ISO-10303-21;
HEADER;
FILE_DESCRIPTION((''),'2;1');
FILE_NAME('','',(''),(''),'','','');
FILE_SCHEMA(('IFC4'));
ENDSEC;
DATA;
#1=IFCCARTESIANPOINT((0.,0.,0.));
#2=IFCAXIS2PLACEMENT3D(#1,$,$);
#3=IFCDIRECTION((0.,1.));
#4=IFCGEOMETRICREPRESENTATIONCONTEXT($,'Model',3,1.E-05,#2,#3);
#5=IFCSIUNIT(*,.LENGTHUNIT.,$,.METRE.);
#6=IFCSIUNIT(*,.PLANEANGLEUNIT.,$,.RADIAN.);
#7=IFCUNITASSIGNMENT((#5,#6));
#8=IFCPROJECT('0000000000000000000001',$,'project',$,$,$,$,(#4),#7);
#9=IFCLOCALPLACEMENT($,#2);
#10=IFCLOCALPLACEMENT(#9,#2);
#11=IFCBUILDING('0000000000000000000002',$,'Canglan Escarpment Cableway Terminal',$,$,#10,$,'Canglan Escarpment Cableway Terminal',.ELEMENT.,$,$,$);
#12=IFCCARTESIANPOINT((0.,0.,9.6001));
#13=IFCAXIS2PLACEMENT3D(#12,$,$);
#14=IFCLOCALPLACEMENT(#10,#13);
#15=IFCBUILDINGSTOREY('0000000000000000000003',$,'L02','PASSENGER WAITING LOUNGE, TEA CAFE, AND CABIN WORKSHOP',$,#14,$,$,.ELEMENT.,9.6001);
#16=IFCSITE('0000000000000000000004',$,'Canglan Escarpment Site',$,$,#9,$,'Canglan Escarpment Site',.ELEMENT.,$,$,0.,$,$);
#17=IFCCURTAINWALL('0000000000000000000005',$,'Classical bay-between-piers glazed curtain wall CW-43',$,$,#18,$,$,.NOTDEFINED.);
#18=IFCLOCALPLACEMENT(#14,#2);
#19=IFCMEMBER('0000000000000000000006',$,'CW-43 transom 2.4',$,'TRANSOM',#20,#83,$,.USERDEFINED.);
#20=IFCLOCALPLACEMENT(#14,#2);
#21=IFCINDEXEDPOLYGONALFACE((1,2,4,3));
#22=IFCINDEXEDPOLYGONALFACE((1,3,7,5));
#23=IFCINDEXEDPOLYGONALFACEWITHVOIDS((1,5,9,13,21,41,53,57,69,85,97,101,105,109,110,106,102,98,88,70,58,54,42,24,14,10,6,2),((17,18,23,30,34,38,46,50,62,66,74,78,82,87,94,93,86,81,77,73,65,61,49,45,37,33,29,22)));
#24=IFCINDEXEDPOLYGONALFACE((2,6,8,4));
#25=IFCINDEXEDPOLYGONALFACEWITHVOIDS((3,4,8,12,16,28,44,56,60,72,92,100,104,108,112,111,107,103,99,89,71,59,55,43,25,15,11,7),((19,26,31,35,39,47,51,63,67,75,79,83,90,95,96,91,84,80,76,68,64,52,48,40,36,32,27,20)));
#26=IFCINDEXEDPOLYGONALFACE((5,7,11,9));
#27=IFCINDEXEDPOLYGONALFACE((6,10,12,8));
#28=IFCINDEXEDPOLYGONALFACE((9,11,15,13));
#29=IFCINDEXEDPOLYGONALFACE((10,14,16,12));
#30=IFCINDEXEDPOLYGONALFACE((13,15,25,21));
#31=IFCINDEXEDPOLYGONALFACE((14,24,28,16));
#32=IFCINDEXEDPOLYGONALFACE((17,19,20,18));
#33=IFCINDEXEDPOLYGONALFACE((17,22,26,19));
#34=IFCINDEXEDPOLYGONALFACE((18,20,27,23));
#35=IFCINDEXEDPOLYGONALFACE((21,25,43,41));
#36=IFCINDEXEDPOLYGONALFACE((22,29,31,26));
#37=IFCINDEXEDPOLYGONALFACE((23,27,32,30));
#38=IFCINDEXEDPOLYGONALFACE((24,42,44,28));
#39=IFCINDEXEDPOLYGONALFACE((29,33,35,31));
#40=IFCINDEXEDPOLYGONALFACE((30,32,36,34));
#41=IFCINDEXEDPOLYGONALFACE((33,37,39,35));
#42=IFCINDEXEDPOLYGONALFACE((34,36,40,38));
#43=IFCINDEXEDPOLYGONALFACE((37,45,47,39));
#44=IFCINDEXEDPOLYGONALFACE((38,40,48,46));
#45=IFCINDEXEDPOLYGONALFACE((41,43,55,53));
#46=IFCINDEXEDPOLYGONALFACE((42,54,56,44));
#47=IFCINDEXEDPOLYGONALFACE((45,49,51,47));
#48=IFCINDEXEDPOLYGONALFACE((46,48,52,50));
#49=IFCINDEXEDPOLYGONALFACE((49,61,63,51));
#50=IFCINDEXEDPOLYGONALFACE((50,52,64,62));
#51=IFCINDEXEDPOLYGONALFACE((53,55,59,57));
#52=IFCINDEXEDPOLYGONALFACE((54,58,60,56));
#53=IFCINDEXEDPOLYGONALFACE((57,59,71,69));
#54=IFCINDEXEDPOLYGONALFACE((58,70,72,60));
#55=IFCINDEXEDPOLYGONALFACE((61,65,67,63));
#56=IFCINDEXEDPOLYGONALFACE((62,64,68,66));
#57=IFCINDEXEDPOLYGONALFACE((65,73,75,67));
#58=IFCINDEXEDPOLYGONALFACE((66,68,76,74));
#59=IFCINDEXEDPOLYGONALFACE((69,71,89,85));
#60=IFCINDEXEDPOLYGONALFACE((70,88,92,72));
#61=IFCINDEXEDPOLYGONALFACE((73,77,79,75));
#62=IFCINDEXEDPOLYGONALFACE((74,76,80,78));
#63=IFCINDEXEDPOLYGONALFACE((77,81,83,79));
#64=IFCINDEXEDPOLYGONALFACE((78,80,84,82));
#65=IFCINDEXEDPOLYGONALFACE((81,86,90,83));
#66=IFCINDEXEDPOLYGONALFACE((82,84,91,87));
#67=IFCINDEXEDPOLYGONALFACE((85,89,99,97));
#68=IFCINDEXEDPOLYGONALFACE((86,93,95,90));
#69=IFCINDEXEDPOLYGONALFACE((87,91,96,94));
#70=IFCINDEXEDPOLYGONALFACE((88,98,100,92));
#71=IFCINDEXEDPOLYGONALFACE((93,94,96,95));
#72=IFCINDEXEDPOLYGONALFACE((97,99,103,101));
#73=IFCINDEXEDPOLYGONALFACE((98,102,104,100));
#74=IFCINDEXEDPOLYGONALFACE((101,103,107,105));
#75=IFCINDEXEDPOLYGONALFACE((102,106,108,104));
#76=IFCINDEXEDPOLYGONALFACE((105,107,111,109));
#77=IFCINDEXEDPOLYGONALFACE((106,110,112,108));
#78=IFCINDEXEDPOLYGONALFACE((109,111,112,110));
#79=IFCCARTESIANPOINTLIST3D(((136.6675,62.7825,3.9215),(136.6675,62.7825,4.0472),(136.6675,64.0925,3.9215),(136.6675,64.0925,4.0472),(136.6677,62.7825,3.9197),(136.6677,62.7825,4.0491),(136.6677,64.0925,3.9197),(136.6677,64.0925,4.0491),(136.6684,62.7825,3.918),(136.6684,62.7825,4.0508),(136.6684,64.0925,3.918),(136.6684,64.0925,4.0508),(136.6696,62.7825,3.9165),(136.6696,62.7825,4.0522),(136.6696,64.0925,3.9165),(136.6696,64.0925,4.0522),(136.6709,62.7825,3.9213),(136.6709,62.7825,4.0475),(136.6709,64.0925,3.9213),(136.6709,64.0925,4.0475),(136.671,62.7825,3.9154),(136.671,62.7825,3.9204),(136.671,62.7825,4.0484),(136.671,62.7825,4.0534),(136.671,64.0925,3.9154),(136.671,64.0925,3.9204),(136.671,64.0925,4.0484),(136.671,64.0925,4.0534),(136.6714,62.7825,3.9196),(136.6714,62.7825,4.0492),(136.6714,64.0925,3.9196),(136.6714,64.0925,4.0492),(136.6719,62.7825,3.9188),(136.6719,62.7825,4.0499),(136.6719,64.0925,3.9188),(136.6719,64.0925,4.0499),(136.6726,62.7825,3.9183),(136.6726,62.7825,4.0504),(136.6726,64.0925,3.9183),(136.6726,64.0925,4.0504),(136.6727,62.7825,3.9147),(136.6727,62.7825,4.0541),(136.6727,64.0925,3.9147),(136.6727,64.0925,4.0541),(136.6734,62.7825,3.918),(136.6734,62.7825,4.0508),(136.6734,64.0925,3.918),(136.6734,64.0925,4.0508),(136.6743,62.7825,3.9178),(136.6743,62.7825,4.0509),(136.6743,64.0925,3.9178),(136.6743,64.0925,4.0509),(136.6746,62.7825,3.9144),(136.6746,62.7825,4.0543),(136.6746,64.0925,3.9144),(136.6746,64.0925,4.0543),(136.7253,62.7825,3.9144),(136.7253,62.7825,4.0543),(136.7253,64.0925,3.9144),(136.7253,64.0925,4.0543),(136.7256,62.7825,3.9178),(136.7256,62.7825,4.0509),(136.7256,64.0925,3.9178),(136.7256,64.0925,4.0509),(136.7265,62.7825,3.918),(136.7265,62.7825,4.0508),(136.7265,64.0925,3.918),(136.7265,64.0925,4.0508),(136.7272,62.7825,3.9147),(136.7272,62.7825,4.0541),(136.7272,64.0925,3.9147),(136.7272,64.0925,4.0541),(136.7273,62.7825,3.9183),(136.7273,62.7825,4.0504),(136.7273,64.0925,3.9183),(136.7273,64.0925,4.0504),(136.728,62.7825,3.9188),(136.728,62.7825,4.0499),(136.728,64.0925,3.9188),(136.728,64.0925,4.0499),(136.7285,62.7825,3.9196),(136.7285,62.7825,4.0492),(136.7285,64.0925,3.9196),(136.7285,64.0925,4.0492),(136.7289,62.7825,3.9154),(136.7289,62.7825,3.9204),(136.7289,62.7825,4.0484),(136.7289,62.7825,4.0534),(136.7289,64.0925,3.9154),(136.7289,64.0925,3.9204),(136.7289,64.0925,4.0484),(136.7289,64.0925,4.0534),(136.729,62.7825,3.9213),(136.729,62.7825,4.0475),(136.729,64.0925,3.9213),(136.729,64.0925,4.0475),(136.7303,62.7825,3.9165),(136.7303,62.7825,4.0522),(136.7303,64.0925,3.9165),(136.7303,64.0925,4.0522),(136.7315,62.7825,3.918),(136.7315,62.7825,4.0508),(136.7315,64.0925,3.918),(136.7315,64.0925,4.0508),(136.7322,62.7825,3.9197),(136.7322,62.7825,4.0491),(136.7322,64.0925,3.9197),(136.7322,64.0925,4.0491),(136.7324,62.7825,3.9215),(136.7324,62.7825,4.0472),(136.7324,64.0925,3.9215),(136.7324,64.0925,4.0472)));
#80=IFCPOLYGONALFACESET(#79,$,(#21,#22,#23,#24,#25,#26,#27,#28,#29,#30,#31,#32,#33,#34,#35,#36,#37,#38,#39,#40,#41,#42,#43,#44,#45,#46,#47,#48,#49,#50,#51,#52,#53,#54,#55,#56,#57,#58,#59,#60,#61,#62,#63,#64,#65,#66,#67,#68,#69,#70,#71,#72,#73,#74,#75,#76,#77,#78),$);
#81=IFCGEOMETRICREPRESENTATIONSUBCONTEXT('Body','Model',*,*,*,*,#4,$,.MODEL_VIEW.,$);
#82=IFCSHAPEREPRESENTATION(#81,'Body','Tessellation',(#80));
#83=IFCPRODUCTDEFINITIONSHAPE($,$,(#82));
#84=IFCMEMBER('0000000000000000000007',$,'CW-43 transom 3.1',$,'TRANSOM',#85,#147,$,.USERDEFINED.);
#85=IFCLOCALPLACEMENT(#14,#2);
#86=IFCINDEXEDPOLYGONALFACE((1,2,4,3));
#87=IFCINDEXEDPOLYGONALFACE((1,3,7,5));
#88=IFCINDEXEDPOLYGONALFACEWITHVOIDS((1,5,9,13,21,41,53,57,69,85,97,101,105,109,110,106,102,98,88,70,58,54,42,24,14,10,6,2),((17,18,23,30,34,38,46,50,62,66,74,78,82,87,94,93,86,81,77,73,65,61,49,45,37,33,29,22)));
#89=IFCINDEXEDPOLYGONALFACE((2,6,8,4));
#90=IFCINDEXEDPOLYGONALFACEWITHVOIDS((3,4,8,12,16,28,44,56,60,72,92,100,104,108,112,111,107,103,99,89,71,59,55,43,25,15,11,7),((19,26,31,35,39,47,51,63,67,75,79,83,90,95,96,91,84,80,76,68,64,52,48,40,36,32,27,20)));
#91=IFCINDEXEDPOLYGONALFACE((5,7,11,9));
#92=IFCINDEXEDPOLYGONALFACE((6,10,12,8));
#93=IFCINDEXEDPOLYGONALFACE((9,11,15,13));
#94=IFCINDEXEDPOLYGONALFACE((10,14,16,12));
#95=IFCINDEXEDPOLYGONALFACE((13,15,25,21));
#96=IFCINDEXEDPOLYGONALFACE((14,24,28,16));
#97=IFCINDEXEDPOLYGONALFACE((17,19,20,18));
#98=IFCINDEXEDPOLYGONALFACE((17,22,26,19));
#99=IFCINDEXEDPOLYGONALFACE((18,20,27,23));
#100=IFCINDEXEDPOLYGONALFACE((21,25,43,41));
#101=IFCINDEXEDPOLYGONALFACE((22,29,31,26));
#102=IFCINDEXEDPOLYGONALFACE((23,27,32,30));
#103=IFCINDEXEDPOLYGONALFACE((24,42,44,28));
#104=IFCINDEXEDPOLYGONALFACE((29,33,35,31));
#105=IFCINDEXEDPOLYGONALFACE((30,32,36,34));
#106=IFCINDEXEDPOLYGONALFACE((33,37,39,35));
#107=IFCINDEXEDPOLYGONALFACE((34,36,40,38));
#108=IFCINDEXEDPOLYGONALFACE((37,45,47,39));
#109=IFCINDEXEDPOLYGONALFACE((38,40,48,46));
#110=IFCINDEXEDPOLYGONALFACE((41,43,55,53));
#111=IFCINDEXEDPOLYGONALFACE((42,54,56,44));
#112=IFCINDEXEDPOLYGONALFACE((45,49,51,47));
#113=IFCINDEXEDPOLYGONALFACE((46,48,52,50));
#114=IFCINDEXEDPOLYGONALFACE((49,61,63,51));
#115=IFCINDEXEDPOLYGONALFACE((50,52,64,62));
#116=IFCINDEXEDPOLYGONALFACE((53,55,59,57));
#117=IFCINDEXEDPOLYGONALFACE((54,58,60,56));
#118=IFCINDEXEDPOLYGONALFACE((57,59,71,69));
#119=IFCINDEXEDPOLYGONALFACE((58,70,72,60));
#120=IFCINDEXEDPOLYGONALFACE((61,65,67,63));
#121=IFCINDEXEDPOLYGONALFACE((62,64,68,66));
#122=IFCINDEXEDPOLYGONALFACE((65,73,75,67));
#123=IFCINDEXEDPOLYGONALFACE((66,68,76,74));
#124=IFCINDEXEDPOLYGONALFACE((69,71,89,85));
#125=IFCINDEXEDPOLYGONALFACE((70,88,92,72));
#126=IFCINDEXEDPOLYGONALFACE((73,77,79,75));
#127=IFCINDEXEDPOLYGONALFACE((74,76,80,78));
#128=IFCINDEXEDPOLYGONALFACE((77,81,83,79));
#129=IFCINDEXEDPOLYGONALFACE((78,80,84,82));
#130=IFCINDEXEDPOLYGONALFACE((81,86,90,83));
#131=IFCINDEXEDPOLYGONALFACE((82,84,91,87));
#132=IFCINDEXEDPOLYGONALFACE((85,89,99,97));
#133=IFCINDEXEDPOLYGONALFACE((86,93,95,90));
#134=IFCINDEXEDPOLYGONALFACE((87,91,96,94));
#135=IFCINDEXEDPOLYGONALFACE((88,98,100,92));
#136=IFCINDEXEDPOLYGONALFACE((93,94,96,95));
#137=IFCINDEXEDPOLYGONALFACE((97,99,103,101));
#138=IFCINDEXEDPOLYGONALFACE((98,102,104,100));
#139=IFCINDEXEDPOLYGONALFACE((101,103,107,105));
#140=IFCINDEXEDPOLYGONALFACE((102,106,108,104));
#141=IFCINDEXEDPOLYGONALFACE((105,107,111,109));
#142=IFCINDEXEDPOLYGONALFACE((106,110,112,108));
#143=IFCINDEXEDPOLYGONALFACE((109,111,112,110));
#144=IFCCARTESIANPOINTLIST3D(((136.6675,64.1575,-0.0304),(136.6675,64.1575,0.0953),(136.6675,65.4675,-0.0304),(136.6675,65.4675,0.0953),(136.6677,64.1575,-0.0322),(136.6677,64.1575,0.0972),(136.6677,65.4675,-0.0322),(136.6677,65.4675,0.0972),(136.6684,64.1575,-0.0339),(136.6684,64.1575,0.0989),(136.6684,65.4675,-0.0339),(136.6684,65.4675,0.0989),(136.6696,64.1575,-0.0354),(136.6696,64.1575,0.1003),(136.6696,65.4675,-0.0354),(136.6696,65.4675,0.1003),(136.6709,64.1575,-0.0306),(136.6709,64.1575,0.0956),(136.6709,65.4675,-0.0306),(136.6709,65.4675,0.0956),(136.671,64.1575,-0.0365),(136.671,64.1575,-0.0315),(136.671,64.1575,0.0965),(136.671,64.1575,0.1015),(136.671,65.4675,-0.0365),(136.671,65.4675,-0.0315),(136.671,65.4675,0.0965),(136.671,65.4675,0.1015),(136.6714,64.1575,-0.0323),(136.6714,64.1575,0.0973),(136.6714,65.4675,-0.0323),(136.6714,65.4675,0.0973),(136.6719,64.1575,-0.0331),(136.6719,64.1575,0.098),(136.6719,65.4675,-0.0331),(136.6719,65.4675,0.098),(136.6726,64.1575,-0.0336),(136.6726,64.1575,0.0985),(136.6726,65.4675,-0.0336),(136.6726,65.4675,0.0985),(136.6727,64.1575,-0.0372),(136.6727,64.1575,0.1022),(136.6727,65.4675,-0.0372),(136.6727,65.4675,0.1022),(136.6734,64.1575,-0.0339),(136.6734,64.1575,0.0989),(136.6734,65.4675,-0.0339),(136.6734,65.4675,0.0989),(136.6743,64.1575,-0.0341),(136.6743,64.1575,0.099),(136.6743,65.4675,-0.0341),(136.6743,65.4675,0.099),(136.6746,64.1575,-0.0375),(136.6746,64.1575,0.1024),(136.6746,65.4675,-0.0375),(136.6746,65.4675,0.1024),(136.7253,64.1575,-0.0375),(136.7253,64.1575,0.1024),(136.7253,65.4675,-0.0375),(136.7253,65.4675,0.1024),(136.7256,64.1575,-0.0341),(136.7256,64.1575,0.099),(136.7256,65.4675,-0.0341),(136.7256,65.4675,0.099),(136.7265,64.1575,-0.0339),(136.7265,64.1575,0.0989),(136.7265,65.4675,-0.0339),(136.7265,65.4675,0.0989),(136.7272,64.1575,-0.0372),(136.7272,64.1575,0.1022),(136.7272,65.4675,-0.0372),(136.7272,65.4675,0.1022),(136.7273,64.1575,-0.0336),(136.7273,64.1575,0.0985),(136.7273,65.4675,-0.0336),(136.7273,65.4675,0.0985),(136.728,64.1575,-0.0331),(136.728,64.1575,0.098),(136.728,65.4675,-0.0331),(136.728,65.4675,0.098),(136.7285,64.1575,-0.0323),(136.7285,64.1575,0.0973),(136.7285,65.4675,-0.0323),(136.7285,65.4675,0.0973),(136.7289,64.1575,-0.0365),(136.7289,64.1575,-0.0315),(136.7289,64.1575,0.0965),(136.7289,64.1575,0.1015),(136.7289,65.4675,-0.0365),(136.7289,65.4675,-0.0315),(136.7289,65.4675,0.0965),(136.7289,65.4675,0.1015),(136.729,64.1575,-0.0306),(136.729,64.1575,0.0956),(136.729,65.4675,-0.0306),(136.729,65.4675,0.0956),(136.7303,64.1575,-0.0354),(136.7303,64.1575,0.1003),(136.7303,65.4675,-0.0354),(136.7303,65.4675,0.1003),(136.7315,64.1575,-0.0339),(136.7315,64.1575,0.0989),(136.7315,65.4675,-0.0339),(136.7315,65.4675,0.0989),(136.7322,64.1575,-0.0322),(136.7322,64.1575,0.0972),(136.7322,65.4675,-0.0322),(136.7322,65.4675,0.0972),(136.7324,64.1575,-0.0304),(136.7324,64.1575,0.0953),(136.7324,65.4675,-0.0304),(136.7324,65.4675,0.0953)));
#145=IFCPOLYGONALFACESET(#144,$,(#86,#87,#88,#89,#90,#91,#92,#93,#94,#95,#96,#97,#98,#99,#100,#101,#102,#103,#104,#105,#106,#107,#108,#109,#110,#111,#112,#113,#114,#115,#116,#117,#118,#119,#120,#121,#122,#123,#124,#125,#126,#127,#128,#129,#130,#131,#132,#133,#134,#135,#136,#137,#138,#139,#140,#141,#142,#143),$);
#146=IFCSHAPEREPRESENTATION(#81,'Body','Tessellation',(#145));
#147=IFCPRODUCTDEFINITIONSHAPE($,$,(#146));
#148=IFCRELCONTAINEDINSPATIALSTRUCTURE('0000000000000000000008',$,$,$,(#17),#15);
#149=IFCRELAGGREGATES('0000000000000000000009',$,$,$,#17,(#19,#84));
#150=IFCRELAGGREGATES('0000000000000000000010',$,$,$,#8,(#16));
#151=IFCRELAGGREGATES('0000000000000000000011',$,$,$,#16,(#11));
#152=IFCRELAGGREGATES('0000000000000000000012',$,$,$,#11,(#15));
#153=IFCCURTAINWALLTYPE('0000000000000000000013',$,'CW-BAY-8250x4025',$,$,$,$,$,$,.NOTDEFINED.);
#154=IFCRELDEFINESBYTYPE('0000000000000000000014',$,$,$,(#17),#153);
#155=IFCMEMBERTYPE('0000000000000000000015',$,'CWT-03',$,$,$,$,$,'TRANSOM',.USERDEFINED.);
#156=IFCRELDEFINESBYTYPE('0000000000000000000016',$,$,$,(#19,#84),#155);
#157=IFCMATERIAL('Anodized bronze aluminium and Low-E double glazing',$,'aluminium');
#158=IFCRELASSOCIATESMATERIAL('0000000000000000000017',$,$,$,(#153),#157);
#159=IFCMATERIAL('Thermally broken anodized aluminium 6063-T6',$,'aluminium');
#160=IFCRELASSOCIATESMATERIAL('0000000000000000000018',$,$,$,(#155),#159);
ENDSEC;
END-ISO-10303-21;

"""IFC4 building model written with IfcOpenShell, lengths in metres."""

from ifc_helpers import new_model, si_unit, direction, frame, origin, origin_2d, place, context, subcontext, project, spatial, hollow_rectangle, extrude, material, material_profile, profile_set, type_object, element, aggregate, save


model = new_model("IFC4")

# Units and contexts
model_context = context("Model", 3, precision=1e-05, world=origin(), true_north=direction((0.0, 1.0)))
body_context = subcontext(model_context, "Body", "Model", "MODEL_VIEW")
ifc_project = project(units=[si_unit("LENGTHUNIT", "METRE"), si_unit("PLANEANGLEUNIT", "RADIAN")], contexts=[model_context])

# Site, building, storey
site_placement = place(None, origin())
site = spatial("IfcSite", under=ifc_project, at=site_placement, Name="Canglan Escarpment Site", LongName="Canglan Escarpment Site", CompositionType="ELEMENT", RefElevation=0.0)
building_placement = place(site_placement, origin())
building = spatial("IfcBuilding", under=site, at=building_placement, Name="Canglan Escarpment Cableway Terminal", LongName="Canglan Escarpment Cableway Terminal", CompositionType="ELEMENT")
storey_placement = place(building_placement, frame((0.0, 0.0, 9.6001)))
storey = spatial("IfcBuildingStorey", under=building, at=storey_placement, Name="L02", Description="PASSENGER WAITING LOUNGE, TEA CAFE, AND CABIN WORKSHOP", CompositionType="ELEMENT", Elevation=9.6001)

# Curtain wall, members
ifc_material_1 = material(Name="Anodized bronze aluminium and Low-E double glazing", Category="aluminium")
curtain_wall_type = type_object("IfcCurtainWallType", Name="CW-BAY-8250x4025", PredefinedType="NOTDEFINED", material=ifc_material_1)
curtain_wall_placement = place(storey_placement, origin())
curtain_wall = element("IfcCurtainWall", 1, at=curtain_wall_placement, inside=storey, type_object=curtain_wall_type, Name="Classical bay-between-piers glazed curtain wall CW-43", PredefinedType="NOTDEFINED")
ifc_material_2 = material(Name="Thermally broken anodized aluminium 6063-T6", Category="aluminium")
ifc_material_profile_1 = material_profile(ifc_material_2, hollow_rectangle(XDim=0.0649, YDim=0.1399, WallThickness=0.0034, InnerFilletRadius=0.0034, OuterFilletRadius=0.0071, at=origin_2d()), Name="ALU-TRAN 65x140x3.5")
ifc_profile_set_1 = profile_set([ifc_material_profile_1], Name="Thermally broken anodized aluminium 6063-T6")
member_type_1 = type_object("IfcMemberType", Name="CWT-03", ElementType="TRANSOM", PredefinedType="USERDEFINED", material=ifc_profile_set_1)
member_1_placement = place(storey_placement, frame((136.7, 62.7825, 3.9844), z_axis=(0.0, 1.0, 0.0), x_axis=(-1.0, 0.0, 0.0)))
member_1 = element("IfcMember", 2, at=member_1_placement, type_object=member_type_1, Name="CW-43 transom 2.4", ObjectType="TRANSOM", PredefinedType="USERDEFINED", context=body_context, shape_type="SweptSolid", body=[
    extrude(hollow_rectangle(XDim=0.0649, YDim=0.1399, WallThickness=0.0034, InnerFilletRadius=0.0034, OuterFilletRadius=0.0071, at=origin_2d()), origin(), (0.0, 0.0, 1.0), 1.3101),
])
member_2_placement = place(storey_placement, frame((136.7, 64.1575, 0.0325), z_axis=(0.0, 1.0, 0.0), x_axis=(-1.0, 0.0, 0.0)))
member_2 = element("IfcMember", 3, at=member_2_placement, type_object=member_type_1, Name="CW-43 transom 3.1", ObjectType="TRANSOM", PredefinedType="USERDEFINED", context=body_context, shape_type="SweptSolid", body=[
    extrude(hollow_rectangle(XDim=0.0649, YDim=0.1399, WallThickness=0.0034, InnerFilletRadius=0.0034, OuterFilletRadius=0.0071, at=origin_2d()), origin(), (0.0, 0.0, 1.0), 1.3101),
])
aggregate(curtain_wall, [member_1, member_2])

save(model, "model.ifc")
